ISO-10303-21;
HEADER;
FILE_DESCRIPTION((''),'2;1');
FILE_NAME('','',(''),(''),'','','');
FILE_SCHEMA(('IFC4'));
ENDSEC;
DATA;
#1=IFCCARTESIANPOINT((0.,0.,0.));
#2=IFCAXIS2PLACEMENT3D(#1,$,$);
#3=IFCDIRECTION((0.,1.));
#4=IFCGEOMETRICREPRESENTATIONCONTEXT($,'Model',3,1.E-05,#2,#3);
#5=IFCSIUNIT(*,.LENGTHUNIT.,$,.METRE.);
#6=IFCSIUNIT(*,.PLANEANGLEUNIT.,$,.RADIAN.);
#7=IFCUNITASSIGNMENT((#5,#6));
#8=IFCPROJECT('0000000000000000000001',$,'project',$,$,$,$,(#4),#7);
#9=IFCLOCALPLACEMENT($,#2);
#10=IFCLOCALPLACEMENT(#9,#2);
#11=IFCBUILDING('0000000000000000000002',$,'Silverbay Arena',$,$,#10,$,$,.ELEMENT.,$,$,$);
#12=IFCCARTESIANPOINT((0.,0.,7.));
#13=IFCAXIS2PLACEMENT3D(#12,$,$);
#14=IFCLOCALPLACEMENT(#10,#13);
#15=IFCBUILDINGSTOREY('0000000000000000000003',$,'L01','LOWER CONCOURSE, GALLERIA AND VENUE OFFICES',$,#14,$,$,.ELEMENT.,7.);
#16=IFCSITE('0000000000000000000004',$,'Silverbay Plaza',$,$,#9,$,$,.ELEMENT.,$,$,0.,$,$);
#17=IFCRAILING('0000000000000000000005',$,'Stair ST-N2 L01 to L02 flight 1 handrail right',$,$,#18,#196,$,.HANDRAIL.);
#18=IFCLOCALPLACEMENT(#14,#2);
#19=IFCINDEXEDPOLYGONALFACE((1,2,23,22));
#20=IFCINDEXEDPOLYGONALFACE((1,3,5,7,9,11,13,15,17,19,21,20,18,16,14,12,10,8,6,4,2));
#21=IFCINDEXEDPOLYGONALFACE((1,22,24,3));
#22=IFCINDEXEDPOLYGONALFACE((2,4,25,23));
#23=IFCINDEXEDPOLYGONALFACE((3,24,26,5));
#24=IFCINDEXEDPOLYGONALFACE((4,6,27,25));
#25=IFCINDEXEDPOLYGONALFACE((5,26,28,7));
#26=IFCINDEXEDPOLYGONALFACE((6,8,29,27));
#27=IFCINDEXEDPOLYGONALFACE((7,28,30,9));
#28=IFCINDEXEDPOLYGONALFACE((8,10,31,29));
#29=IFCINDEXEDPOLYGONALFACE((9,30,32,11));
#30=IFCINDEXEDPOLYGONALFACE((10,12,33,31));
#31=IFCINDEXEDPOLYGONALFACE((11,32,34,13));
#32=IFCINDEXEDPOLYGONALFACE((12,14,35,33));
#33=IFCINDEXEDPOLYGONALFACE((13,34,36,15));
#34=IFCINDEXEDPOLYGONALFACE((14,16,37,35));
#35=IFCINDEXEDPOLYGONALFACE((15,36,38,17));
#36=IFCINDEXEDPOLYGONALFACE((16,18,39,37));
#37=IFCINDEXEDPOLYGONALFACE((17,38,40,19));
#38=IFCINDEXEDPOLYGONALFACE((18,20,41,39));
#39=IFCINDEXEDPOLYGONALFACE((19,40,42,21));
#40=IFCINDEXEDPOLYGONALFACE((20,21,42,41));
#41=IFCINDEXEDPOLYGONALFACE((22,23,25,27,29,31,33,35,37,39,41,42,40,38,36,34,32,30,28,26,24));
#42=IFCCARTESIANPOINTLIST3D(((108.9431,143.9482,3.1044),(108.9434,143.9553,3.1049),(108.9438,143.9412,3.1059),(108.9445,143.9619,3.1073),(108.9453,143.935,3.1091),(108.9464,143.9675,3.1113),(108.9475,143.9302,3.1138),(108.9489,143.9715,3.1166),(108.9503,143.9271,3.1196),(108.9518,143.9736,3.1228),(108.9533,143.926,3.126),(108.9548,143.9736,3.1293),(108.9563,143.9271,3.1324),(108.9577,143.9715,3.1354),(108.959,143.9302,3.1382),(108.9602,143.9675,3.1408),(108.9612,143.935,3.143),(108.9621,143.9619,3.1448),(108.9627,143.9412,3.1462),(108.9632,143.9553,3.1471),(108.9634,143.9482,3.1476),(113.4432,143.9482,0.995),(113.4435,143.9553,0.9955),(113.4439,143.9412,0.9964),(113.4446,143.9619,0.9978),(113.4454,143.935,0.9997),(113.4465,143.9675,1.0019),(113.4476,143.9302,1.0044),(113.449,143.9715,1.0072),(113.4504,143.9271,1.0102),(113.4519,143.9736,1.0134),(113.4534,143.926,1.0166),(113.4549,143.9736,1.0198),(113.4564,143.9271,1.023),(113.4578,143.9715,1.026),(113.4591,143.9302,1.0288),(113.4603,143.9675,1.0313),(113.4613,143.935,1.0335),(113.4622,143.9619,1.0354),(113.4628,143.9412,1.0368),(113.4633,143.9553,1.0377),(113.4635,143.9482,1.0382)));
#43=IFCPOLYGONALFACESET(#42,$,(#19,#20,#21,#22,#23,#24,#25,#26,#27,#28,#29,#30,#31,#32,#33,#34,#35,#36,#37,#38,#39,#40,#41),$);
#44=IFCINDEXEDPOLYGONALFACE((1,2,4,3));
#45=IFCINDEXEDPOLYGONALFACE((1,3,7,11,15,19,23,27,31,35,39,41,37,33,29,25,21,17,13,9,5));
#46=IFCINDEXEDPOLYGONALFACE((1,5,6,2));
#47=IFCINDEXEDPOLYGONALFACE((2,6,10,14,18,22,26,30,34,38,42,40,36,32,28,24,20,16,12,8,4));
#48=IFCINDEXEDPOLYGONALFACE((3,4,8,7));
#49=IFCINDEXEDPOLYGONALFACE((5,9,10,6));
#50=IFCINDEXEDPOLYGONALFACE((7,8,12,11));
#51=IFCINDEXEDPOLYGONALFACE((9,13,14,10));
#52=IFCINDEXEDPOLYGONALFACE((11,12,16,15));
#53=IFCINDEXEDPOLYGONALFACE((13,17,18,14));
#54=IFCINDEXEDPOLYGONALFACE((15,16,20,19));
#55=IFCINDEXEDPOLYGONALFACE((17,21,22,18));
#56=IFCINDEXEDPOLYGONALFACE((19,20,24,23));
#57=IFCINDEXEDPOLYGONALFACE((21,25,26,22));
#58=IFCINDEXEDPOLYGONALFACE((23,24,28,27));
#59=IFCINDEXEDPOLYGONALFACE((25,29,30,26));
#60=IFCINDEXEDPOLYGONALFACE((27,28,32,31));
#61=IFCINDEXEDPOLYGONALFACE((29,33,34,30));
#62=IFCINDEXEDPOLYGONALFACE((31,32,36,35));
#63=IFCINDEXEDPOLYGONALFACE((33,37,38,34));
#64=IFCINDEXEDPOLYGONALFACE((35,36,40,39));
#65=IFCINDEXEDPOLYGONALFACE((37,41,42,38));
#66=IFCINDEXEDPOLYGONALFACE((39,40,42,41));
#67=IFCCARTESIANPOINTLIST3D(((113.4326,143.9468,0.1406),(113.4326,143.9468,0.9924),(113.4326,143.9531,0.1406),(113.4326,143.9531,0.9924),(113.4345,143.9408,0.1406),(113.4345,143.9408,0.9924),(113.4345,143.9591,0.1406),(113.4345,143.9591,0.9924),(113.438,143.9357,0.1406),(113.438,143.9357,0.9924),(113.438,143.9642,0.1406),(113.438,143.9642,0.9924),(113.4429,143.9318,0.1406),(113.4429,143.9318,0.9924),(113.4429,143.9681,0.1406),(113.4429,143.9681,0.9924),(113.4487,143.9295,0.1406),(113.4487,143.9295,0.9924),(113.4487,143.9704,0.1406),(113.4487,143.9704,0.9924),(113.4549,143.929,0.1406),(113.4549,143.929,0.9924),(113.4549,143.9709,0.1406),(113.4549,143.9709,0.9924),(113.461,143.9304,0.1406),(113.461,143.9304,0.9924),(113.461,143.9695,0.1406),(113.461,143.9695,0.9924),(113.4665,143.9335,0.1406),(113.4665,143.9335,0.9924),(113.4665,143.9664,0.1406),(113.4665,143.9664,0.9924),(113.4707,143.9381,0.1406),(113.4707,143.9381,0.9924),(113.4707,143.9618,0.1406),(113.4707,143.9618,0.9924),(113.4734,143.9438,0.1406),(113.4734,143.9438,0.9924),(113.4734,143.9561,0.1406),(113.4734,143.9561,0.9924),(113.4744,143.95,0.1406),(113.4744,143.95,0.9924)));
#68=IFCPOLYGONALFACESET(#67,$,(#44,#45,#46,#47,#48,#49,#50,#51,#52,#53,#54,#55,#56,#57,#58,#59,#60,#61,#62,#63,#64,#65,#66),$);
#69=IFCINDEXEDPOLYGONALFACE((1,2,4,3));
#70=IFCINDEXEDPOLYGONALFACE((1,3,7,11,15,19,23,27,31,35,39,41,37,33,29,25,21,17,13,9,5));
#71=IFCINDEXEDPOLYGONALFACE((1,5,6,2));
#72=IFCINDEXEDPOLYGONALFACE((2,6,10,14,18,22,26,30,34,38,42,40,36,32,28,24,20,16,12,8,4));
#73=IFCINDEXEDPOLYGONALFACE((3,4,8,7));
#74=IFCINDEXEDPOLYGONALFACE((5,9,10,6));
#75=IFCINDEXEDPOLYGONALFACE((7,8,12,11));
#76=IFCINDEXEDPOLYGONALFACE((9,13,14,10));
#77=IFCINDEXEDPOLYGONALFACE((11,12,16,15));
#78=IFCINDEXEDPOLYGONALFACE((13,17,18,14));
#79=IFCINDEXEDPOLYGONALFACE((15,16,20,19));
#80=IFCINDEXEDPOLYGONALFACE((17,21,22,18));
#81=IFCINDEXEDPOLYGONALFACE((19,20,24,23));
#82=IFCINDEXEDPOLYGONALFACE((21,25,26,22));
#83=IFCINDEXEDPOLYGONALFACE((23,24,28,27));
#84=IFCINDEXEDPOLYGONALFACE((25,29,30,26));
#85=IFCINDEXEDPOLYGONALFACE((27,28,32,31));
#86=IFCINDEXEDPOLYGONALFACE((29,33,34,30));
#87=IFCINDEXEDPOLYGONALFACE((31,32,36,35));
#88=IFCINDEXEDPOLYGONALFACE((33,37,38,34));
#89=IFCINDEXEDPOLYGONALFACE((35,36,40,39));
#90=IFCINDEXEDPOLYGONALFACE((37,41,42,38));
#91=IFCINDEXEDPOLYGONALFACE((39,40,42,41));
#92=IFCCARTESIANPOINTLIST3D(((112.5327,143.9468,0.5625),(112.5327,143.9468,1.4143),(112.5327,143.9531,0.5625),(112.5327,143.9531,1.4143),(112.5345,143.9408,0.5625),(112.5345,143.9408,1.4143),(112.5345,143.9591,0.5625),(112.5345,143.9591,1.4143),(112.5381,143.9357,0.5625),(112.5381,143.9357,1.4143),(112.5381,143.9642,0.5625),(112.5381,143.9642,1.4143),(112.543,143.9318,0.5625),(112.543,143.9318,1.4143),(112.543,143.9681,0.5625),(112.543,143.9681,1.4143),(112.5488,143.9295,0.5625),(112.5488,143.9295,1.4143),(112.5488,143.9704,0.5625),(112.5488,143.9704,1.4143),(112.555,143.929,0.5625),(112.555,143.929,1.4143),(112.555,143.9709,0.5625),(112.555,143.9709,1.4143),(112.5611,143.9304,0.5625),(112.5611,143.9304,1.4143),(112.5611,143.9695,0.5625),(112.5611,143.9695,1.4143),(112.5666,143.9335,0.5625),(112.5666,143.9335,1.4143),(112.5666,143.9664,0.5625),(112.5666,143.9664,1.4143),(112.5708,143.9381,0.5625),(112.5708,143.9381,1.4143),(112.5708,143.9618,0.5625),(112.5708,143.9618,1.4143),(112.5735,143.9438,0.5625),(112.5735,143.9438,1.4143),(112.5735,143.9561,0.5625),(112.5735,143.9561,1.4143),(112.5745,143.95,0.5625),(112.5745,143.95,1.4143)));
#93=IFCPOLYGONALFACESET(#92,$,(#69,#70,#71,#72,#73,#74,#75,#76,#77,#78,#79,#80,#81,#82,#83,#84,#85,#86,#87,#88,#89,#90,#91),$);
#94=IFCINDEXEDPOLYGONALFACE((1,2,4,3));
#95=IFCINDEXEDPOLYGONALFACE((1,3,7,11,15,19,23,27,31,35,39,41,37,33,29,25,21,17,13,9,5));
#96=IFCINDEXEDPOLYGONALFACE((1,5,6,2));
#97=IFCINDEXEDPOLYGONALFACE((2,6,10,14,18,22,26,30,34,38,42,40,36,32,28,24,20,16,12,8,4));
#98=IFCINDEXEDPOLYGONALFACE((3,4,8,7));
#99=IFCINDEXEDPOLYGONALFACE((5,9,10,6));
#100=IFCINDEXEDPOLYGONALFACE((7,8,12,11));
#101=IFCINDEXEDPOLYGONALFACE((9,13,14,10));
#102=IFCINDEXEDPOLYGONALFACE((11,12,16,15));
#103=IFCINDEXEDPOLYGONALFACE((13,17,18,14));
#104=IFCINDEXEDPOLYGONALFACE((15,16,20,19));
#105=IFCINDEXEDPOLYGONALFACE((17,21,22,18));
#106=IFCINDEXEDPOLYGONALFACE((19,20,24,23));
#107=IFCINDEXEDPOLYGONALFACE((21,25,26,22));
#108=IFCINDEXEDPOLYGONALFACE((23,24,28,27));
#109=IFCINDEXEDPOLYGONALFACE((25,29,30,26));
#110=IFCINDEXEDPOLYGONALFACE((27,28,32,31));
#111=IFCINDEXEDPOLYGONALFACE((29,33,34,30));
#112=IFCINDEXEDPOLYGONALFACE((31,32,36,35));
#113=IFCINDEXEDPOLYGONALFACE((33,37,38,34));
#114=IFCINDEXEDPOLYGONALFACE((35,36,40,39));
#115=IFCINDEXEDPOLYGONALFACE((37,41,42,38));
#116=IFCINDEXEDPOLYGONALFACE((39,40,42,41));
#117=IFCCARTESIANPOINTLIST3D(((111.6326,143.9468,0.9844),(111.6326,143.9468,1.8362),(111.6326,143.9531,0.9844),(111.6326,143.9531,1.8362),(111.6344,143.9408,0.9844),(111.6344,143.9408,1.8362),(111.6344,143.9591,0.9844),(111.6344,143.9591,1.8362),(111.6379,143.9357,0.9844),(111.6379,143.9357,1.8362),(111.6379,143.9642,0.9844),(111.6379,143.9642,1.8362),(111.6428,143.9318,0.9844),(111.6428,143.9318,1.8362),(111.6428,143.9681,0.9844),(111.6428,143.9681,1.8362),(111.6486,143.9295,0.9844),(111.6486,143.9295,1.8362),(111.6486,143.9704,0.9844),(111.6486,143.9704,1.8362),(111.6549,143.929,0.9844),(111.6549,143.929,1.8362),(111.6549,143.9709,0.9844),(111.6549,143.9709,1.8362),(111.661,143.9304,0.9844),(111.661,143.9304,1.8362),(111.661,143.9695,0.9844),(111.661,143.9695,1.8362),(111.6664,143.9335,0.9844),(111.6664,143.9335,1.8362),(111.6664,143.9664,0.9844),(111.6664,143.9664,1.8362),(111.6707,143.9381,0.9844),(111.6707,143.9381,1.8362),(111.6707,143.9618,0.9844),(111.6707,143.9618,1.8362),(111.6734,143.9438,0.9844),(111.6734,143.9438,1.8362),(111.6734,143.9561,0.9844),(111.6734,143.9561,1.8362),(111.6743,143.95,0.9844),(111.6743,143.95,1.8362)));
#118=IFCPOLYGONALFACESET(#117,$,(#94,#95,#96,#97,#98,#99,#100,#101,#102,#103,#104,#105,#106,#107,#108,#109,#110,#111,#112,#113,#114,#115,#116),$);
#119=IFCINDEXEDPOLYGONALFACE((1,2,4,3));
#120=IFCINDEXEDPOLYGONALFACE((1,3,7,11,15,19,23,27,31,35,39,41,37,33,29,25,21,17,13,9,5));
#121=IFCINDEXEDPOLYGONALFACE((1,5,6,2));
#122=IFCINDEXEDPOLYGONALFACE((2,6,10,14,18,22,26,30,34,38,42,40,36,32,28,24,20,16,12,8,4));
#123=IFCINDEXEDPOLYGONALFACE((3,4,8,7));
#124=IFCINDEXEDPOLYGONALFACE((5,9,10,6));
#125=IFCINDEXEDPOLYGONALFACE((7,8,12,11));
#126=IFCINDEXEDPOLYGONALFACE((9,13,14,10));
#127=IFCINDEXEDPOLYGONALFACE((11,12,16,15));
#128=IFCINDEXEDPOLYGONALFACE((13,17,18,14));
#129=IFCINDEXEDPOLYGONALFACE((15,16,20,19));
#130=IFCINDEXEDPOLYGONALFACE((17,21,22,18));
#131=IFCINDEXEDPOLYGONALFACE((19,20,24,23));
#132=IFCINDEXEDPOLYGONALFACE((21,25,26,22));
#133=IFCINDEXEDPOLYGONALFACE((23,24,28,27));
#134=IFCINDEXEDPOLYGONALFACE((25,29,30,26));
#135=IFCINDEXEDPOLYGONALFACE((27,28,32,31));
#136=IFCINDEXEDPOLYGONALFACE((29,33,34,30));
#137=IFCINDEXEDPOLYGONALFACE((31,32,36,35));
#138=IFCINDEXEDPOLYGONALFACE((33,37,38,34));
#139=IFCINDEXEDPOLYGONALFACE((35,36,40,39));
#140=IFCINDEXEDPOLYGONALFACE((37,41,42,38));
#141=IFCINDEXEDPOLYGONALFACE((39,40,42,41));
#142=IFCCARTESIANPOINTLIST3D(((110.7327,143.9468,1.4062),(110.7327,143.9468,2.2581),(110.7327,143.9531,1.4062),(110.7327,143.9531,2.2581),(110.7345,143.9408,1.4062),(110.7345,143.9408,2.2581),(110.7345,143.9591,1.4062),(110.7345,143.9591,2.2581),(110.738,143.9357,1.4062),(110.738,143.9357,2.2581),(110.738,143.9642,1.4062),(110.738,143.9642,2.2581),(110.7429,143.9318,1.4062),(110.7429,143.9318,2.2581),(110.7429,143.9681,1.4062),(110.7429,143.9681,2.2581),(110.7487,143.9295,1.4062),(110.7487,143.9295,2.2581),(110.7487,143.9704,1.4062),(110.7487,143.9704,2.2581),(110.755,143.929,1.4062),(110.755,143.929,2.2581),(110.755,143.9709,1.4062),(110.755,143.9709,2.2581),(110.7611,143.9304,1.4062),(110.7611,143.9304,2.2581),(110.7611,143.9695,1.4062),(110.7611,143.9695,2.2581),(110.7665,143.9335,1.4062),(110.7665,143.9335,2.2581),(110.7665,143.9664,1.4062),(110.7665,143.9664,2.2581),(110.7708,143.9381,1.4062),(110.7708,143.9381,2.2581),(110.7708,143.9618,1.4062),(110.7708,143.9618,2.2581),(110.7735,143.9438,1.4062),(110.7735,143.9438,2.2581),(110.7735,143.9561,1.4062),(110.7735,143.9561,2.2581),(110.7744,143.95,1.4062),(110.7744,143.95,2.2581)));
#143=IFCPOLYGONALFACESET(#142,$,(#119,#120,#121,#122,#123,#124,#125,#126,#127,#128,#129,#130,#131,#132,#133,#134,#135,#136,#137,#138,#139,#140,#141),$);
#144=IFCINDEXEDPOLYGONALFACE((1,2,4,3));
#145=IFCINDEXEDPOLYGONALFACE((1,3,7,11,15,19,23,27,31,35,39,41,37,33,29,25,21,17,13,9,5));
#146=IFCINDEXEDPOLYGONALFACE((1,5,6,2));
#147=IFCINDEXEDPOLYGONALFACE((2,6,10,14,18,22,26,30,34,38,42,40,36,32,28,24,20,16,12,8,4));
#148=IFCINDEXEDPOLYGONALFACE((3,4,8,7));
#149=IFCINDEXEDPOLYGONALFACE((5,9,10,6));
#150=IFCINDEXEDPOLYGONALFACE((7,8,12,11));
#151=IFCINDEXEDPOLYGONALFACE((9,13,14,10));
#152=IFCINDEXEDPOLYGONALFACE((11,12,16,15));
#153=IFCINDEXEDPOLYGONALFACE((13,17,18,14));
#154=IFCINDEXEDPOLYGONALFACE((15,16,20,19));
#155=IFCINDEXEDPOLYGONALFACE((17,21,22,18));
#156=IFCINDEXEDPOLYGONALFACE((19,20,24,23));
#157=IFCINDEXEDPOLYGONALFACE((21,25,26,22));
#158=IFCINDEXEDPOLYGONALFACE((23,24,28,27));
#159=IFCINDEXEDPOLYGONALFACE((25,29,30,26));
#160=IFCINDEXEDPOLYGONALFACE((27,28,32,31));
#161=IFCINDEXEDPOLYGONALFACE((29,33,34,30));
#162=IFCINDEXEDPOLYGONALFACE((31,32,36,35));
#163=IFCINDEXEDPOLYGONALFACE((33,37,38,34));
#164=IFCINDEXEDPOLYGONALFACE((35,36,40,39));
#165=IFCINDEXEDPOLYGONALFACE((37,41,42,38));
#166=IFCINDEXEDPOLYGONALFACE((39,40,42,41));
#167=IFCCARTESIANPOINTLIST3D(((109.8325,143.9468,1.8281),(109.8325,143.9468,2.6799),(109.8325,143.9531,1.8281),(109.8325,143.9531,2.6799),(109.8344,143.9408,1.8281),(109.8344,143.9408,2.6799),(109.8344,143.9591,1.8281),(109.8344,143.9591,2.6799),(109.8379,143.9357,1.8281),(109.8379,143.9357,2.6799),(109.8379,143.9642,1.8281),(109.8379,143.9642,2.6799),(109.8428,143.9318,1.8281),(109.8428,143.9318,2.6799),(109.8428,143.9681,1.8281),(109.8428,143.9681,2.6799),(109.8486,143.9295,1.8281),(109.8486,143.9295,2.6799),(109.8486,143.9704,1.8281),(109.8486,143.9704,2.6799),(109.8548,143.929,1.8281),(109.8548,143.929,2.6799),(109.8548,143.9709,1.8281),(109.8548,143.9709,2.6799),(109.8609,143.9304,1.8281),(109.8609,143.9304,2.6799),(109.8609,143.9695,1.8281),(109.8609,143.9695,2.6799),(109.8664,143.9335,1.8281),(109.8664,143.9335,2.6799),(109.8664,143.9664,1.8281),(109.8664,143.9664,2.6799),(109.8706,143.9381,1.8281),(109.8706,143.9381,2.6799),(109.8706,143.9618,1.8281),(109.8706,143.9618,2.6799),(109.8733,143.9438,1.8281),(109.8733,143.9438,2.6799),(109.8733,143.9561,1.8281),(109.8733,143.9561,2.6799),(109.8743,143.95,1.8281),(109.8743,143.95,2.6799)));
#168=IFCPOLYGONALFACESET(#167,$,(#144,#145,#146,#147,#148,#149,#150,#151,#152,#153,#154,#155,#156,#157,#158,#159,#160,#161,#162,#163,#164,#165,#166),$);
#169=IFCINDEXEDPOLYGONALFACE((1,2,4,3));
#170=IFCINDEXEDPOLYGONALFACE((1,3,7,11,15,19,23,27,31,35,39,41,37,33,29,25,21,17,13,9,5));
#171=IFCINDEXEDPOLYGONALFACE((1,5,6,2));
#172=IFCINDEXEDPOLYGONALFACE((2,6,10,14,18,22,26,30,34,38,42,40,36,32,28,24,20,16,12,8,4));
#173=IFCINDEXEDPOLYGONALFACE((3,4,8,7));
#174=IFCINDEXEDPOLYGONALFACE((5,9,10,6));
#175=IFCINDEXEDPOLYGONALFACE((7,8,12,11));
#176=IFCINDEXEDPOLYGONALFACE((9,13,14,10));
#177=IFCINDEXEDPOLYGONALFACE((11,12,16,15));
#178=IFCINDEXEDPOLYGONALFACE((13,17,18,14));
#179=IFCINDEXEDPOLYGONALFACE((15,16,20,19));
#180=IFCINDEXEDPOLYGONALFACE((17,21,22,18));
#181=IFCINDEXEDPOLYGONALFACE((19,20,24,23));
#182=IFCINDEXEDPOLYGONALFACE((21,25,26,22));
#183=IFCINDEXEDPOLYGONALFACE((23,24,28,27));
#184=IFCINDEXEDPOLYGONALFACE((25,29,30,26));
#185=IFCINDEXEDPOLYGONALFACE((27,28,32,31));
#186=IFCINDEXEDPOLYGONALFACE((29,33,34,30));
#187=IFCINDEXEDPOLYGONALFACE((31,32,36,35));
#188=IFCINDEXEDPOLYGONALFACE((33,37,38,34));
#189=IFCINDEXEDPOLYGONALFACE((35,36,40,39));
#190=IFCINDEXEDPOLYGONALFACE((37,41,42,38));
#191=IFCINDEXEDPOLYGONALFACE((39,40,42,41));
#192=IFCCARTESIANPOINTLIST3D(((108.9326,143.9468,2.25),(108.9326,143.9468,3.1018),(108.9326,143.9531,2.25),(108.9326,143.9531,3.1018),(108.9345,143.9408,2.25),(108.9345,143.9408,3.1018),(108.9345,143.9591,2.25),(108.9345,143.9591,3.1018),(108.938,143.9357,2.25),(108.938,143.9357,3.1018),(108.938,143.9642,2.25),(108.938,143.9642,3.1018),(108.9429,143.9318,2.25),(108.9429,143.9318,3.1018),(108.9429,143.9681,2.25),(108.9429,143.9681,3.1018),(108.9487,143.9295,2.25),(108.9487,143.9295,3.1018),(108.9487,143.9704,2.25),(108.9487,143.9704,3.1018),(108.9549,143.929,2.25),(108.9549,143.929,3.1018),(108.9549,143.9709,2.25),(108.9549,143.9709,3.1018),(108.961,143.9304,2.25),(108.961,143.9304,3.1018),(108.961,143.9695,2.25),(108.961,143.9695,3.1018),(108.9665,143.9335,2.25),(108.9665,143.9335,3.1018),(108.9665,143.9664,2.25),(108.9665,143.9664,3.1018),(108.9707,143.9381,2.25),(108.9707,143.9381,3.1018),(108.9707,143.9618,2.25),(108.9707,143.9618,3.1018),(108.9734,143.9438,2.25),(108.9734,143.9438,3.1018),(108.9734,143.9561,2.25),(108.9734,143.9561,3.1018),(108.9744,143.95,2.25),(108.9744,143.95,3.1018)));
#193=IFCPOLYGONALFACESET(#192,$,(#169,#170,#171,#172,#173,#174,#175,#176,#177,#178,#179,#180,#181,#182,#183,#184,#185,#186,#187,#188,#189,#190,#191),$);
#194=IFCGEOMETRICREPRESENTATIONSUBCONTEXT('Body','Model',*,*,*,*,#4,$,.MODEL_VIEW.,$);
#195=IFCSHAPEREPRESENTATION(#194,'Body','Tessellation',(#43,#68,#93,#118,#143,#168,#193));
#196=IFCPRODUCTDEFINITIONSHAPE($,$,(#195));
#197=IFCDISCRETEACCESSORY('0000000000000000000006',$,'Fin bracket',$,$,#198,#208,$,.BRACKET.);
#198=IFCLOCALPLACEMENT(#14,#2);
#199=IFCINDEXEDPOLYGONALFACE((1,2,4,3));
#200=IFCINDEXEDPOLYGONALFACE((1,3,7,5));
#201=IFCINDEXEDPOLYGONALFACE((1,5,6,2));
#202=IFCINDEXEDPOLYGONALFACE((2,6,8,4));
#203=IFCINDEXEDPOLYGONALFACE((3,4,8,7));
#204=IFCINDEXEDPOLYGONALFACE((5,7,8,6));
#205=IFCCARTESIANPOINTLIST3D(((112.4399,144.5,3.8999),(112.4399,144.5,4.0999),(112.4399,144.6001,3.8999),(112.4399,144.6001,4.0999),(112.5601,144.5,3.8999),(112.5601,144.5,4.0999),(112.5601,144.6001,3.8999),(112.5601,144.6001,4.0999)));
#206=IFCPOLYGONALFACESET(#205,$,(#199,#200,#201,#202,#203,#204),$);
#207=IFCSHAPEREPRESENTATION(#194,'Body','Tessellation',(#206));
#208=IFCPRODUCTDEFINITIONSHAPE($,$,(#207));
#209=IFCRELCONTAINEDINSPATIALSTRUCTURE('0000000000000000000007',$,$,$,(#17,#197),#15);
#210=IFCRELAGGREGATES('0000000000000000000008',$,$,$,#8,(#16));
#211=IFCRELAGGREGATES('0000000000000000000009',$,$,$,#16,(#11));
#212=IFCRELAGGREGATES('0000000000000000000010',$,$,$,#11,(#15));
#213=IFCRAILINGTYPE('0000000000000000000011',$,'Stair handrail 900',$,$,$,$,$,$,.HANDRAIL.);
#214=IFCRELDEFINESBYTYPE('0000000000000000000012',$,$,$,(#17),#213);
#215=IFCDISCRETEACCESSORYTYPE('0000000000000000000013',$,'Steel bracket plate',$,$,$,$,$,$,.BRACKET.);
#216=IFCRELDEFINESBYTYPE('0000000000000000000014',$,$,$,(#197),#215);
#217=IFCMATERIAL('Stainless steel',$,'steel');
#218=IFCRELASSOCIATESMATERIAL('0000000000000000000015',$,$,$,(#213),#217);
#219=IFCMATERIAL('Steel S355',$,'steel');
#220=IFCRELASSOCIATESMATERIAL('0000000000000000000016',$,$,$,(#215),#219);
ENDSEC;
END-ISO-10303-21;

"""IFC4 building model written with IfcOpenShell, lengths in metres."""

from ifc_helpers import new_model, si_unit, direction, frame, origin, origin_2d, place, context, subcontext, project, spatial, rectangle, circle, extrude, material, type_object, element, save


model = new_model("IFC4")

# Units and contexts
model_context = context("Model", 3, precision=1e-05, world=origin(), true_north=direction((0.0, 1.0)))
body_context = subcontext(model_context, "Body", "Model", "MODEL_VIEW")
ifc_project = project(units=[si_unit("LENGTHUNIT", "METRE"), si_unit("PLANEANGLEUNIT", "RADIAN")], contexts=[model_context])

# Site, building, storey
site_placement = place(None, origin())
site = spatial("IfcSite", under=ifc_project, at=site_placement, Name="Silverbay Plaza", CompositionType="ELEMENT", RefElevation=0.0)
building_placement = place(site_placement, origin())
building = spatial("IfcBuilding", under=site, at=building_placement, Name="Silverbay Arena", CompositionType="ELEMENT")
storey_placement = place(building_placement, frame((0.0, 0.0, 7.0)))
storey = spatial("IfcBuildingStorey", under=building, at=storey_placement, Name="L01", Description="LOWER CONCOURSE, GALLERIA AND VENUE OFFICES", CompositionType="ELEMENT", Elevation=7.0)

# Railing
ifc_material_1 = material(Name="Stainless steel", Category="steel")
railing_type_1 = type_object("IfcRailingType", Name="Stair handrail 900", PredefinedType="HANDRAIL", material=ifc_material_1)
for number, where, name in (
    (1, (113.4534, 143.95, 0.1406), "Stair ST-N2 L01 to L02 flight 1 handrail right"),
):
    element("IfcRailing", number, at=place(storey_placement, frame(where)), inside=storey, type_object=railing_type_1, Name=name, PredefinedType="HANDRAIL", context=body_context, shape_type="SweptSolid", body=[
        extrude(circle(Radius=0.0239, at=origin_2d()), frame((0.0, 0.0, 0.876), z_axis=(-0.905459, 0.0, 0.424434), x_axis=(0.0, -1.0, 0.0)), (0.0, 0.0, 1.0), 4.97),
        extrude(circle(Radius=0.021, at=origin_2d()), origin(), (0.0, 0.0, 1.0), 0.8518),
        extrude(circle(Radius=0.021, at=origin_2d()), frame((-0.8999, 0.0, 0.4219)), (0.0, 0.0, 1.0), 0.8518),
        extrude(circle(Radius=0.021, at=origin_2d()), frame((-1.8, 0.0, 0.8438)), (0.0, 0.0, 1.0), 0.8518),
        extrude(circle(Radius=0.021, at=origin_2d()), frame((-2.7, 0.0, 1.2656)), (0.0, 0.0, 1.0), 0.8518),
        extrude(circle(Radius=0.021, at=origin_2d()), frame((-3.6001, 0.0, 1.6875)), (0.0, 0.0, 1.0), 0.8518),
        extrude(circle(Radius=0.021, at=origin_2d()), frame((-4.5, 0.0, 2.1094)), (0.0, 0.0, 1.0), 0.8518),
    ])

# Discrete accessory
ifc_material_2 = material(Name="Steel S355", Category="steel")
discrete_accessory_type = type_object("IfcDiscreteAccessoryType", Name="Steel bracket plate", PredefinedType="BRACKET", material=ifc_material_2)
for number, where, z_axis, x_axis, name in (
    (2, (112.5, 144.55, 3.8999), (0.0, 0.0, 1.0), (1.0, 0.0, 0.0), "Fin bracket"),
):
    element("IfcDiscreteAccessory", number, at=place(storey_placement, frame(where, z_axis=z_axis, x_axis=x_axis)), inside=storey, type_object=discrete_accessory_type, Name=name, PredefinedType="BRACKET", context=body_context, shape_type="SweptSolid", body=[
        extrude(rectangle(XDim=0.1201, YDim=0.1001, at=origin_2d()), origin(), (0.0, 0.0, 1.0), 0.2),
    ])

save(model, "model.ifc")
